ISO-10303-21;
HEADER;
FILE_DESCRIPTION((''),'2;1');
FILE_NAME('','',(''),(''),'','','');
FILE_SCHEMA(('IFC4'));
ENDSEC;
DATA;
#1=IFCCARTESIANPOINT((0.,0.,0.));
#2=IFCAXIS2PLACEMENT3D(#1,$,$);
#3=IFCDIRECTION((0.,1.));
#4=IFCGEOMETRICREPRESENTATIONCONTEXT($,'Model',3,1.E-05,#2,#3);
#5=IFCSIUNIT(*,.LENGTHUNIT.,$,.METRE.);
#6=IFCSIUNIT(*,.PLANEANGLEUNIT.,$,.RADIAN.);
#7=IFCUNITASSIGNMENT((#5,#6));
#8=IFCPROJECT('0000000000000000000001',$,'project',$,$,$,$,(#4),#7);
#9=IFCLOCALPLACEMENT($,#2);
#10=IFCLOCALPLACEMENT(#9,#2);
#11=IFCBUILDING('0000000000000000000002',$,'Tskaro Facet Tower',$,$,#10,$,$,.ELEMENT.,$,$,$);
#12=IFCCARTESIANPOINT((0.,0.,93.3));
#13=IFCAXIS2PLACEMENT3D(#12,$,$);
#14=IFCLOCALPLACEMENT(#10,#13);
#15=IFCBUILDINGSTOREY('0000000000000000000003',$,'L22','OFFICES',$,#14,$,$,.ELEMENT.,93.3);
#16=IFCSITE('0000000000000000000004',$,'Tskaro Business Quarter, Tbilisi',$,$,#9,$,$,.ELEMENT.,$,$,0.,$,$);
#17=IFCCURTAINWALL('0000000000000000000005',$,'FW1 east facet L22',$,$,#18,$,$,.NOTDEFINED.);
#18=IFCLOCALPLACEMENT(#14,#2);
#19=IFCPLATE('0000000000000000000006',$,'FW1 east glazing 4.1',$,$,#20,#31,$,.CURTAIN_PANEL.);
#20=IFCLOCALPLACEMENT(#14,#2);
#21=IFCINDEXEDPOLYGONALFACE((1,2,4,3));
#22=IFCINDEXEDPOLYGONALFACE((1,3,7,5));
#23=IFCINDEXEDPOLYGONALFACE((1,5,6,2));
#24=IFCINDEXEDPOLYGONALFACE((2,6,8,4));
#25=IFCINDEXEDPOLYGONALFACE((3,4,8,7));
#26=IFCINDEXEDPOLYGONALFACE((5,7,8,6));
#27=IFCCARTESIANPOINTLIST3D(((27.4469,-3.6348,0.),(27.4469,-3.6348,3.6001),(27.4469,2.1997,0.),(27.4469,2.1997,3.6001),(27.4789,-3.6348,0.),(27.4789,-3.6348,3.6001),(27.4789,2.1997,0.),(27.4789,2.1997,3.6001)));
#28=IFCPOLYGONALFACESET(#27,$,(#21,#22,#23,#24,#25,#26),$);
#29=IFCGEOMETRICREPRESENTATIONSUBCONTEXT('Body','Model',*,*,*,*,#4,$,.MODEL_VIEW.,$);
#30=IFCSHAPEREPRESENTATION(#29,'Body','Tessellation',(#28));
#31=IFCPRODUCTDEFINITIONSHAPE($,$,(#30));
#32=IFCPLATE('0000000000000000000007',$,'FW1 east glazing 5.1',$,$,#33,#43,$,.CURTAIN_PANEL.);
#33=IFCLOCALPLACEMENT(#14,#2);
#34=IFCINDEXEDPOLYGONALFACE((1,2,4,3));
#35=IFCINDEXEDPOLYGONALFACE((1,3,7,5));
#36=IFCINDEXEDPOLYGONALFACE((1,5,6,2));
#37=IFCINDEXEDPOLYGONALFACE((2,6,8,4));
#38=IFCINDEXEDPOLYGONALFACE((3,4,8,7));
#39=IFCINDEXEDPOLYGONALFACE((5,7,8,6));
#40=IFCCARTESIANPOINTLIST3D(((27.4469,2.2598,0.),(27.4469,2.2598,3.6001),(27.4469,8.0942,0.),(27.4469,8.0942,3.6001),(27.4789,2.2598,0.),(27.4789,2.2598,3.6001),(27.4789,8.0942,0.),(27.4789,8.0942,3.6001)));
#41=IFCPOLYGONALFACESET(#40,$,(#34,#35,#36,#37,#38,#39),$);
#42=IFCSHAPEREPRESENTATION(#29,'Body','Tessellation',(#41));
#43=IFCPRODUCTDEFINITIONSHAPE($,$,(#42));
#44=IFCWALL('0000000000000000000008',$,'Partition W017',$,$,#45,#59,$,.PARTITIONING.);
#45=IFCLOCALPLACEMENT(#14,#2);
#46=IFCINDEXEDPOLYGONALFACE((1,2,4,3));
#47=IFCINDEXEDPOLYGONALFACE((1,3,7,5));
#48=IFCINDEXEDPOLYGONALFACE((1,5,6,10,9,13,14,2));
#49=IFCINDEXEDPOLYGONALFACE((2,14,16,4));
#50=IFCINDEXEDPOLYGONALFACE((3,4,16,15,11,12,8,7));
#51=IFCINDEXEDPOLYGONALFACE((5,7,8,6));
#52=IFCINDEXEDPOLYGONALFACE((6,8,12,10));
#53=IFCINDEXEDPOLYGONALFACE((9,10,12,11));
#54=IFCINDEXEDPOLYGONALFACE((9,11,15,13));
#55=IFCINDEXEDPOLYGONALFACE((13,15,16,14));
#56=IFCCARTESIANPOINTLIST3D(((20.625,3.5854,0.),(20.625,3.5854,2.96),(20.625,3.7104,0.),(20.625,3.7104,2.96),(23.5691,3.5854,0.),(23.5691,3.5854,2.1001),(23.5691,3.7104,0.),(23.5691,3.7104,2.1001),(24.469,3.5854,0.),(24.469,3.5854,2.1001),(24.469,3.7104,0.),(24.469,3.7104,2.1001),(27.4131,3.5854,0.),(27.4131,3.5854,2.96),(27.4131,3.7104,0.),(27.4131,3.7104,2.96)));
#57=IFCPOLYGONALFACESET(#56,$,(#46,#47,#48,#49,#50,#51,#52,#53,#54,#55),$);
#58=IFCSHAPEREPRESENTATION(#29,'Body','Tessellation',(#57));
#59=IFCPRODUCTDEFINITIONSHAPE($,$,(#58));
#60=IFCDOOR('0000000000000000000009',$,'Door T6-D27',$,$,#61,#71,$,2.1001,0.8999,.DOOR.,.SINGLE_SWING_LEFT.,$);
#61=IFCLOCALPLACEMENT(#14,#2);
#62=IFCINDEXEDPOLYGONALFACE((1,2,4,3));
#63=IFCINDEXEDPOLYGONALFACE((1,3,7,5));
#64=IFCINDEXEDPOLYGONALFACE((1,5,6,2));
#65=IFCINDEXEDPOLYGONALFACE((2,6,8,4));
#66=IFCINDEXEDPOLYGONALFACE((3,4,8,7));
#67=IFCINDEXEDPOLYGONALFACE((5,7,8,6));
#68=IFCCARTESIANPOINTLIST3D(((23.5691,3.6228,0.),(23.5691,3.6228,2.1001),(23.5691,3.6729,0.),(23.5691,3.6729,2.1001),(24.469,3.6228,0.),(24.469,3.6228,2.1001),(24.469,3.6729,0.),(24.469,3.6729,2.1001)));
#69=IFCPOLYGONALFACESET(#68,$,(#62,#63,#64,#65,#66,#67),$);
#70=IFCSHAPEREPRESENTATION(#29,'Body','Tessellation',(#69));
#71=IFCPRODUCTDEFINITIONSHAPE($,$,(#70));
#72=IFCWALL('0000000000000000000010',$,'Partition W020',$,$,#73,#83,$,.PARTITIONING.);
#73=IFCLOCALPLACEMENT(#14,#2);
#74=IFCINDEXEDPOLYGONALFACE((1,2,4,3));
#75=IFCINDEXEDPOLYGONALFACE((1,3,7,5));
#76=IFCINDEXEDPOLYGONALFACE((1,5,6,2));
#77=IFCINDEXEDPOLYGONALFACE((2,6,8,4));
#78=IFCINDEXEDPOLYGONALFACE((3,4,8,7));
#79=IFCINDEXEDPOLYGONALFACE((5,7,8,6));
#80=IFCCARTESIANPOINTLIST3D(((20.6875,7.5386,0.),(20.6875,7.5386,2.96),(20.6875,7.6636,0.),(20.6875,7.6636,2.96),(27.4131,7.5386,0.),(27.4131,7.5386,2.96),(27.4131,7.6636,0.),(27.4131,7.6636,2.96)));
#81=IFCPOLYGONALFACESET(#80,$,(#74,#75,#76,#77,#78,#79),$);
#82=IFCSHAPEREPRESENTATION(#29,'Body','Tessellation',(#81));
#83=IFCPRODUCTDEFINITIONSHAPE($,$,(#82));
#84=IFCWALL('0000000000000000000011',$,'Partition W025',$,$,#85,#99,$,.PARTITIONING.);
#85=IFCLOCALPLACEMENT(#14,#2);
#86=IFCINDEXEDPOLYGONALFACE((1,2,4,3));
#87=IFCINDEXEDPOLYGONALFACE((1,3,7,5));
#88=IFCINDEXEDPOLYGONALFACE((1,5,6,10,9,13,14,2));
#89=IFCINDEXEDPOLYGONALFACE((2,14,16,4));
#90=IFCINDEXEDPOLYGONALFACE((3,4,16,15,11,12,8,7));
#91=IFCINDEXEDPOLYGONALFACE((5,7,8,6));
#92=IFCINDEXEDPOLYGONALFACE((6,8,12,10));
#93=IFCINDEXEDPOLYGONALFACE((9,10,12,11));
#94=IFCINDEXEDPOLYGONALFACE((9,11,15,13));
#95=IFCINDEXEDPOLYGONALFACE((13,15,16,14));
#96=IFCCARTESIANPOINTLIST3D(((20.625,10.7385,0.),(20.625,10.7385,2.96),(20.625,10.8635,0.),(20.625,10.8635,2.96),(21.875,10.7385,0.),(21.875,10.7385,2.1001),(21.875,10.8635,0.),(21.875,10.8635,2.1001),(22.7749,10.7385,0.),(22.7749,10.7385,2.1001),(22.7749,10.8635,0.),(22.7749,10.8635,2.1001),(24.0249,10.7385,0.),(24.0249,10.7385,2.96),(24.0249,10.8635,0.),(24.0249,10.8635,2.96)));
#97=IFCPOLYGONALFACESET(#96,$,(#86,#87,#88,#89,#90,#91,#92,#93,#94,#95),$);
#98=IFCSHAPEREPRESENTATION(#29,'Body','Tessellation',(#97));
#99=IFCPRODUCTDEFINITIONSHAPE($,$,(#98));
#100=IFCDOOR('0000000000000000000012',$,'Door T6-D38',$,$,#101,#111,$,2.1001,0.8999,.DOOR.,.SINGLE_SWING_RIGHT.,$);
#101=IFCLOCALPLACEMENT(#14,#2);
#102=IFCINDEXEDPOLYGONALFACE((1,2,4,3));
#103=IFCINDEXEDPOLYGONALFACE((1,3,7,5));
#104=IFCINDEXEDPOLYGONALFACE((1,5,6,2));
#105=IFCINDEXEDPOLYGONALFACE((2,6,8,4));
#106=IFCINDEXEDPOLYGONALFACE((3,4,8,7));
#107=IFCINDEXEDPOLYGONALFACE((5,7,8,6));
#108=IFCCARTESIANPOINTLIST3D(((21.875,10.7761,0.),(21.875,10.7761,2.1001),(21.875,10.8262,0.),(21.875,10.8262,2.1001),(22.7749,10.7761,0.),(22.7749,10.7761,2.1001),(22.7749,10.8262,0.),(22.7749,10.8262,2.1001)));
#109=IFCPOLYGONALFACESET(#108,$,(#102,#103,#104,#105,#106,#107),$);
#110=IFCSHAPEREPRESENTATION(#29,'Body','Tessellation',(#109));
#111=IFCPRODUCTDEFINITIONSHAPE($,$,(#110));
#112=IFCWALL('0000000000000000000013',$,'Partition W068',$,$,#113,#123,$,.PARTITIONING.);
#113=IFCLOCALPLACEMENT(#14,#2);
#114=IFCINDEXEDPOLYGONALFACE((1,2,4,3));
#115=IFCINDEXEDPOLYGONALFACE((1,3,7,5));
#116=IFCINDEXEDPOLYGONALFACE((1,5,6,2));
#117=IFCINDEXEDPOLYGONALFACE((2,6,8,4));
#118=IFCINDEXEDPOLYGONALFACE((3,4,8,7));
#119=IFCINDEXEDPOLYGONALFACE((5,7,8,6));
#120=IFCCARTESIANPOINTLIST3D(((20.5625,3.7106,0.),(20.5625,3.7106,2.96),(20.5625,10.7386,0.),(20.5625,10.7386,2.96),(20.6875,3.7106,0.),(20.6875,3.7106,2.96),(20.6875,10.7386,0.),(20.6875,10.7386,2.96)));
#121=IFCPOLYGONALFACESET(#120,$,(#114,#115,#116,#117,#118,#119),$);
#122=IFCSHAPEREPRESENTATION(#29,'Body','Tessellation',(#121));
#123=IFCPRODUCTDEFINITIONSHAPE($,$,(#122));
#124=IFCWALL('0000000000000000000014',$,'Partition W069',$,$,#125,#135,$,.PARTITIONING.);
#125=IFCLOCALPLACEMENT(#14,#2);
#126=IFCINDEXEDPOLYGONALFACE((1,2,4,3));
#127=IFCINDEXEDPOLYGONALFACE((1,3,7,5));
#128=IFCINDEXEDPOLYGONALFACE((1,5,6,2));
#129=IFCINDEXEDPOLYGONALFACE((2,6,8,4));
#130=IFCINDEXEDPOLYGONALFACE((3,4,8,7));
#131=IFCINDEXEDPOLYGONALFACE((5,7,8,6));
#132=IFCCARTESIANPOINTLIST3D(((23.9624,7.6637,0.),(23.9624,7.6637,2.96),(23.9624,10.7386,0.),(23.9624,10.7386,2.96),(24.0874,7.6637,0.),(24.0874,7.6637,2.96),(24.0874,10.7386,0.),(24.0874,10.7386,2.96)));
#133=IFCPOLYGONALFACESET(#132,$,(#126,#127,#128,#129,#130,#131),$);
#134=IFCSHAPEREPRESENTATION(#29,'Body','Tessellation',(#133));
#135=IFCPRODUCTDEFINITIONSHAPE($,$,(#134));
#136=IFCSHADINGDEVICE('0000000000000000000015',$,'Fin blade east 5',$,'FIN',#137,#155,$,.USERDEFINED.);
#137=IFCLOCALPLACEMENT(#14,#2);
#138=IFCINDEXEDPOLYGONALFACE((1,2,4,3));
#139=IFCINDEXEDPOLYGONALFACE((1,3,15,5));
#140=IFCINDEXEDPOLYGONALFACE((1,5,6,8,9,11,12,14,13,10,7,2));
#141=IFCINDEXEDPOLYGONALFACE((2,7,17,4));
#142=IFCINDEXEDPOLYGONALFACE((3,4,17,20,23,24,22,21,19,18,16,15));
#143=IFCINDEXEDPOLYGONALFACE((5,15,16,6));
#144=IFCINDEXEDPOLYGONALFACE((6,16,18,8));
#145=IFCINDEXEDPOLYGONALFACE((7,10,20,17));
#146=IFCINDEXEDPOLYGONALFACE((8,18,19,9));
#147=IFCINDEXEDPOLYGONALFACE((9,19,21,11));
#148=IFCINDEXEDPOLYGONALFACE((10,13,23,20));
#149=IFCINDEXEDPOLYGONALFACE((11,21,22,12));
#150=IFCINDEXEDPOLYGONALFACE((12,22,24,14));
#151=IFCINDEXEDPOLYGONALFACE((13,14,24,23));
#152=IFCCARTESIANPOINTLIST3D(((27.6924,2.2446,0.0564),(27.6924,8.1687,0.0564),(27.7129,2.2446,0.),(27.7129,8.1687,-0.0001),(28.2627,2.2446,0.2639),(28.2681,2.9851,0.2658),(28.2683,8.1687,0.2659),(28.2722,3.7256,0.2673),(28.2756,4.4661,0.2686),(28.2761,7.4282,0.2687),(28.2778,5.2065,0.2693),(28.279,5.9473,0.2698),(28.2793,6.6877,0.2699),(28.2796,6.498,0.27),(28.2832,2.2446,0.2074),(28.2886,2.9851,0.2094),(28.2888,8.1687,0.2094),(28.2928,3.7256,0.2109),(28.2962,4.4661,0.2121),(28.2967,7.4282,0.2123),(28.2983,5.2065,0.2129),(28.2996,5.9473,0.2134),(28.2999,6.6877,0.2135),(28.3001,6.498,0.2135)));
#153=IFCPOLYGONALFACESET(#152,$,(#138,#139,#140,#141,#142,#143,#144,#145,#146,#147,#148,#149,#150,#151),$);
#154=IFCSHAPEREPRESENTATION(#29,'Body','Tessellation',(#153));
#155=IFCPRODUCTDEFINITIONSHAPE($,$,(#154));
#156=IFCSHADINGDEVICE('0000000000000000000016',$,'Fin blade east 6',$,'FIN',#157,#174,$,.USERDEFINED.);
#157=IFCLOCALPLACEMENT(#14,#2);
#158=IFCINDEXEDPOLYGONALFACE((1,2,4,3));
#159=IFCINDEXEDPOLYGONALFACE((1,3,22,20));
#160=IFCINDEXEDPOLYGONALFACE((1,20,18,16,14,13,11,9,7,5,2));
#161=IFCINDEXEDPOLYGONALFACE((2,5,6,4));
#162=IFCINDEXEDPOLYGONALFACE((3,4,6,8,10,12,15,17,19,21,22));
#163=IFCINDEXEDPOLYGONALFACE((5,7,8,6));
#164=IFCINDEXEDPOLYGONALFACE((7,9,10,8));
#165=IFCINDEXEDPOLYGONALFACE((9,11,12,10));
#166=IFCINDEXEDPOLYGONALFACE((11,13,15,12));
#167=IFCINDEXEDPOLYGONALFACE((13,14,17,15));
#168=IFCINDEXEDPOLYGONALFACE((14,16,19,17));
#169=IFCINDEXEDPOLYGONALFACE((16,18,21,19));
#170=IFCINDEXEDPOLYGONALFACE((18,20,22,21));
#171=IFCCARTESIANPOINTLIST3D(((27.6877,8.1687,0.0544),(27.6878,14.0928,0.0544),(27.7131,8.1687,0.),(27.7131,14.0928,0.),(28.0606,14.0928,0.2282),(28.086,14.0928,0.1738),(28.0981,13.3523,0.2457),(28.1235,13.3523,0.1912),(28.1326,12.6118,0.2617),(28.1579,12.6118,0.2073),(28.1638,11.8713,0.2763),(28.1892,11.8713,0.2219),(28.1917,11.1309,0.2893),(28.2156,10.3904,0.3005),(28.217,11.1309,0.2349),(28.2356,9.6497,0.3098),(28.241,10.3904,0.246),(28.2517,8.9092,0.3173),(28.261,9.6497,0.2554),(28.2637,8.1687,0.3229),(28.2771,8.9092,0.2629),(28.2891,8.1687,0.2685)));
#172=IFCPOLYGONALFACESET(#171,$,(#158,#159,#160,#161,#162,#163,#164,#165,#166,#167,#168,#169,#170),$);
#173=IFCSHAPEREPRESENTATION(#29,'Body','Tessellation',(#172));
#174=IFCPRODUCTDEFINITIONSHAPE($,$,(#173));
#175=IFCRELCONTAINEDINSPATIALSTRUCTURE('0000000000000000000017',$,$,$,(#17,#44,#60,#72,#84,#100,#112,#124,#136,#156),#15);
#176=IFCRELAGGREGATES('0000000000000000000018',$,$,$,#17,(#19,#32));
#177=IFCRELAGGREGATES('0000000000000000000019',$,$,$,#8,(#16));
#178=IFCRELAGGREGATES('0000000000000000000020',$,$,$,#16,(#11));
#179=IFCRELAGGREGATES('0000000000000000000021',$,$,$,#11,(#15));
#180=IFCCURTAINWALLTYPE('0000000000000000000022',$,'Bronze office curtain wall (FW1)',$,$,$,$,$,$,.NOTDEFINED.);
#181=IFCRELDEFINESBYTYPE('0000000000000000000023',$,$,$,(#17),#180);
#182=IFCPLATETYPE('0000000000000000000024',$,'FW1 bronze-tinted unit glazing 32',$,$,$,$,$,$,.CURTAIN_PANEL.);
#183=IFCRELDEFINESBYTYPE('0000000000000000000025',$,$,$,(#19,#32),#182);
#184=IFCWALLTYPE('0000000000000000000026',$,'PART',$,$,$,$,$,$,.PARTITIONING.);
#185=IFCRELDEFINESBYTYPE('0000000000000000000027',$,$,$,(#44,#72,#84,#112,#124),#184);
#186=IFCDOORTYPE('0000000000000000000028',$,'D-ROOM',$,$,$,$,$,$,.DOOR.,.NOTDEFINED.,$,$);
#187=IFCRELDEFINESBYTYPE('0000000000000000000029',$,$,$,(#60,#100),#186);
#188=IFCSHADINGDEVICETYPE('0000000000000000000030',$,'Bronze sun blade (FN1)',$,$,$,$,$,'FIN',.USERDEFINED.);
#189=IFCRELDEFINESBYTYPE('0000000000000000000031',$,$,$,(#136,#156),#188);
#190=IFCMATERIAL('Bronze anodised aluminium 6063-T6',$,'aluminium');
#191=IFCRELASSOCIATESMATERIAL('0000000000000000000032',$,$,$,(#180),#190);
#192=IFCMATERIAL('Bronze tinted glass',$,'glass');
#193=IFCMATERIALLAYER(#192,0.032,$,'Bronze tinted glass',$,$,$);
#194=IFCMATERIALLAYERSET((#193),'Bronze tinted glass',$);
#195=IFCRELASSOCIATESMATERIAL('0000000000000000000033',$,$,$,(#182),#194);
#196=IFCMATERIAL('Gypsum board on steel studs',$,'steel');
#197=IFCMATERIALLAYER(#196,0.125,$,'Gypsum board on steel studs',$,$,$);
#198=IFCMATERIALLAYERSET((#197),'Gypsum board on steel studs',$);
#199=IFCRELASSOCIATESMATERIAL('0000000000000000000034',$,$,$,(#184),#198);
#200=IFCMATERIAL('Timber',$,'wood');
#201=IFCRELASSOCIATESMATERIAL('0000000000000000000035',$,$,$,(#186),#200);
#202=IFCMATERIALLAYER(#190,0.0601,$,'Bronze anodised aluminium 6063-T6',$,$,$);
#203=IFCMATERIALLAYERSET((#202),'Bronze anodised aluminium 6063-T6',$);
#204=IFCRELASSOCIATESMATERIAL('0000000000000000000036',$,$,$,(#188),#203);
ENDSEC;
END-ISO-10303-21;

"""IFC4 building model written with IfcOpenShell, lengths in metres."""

from ifc_helpers import new_model, si_unit, direction, frame, frame_2d, origin, origin_2d, place, context, subcontext, project, spatial, polyline, rectangle, outline, extrude, material, layer, layer_set, type_object, element, fill, aggregate, save


model = new_model("IFC4")

# Units and contexts
model_context = context("Model", 3, precision=1e-05, world=origin(), true_north=direction((0.0, 1.0)))
body_context = subcontext(model_context, "Body", "Model", "MODEL_VIEW")
ifc_project = project(units=[si_unit("LENGTHUNIT", "METRE"), si_unit("PLANEANGLEUNIT", "RADIAN")], contexts=[model_context])

# Site, building, storey
site_placement = place(None, origin())
site = spatial("IfcSite", under=ifc_project, at=site_placement, Name="Tskaro Business Quarter, Tbilisi", CompositionType="ELEMENT", RefElevation=0.0)
building_placement = place(site_placement, origin())
building = spatial("IfcBuilding", under=site, at=building_placement, Name="Tskaro Facet Tower", CompositionType="ELEMENT")
storey_placement = place(building_placement, frame((0.0, 0.0, 93.3)))
storey = spatial("IfcBuildingStorey", under=building, at=storey_placement, Name="L22", Description="OFFICES", CompositionType="ELEMENT", Elevation=93.3)

# Curtain wall
ifc_material_1 = material(Name="Bronze anodised aluminium 6063-T6", Category="aluminium")
curtain_wall_type = type_object("IfcCurtainWallType", Name="Bronze office curtain wall (FW1)", PredefinedType="NOTDEFINED", material=ifc_material_1)
curtain_wall_placement = place(storey_placement, origin())
curtain_wall = element("IfcCurtainWall", 1, at=curtain_wall_placement, inside=storey, type_object=curtain_wall_type, Name="FW1 east facet L22", PredefinedType="NOTDEFINED")

# Plates
ifc_material_2 = material(Name="Bronze tinted glass", Category="glass")
ifc_layer_1 = layer(ifc_material_2, 0.032, Name="Bronze tinted glass")
ifc_layer_set_1 = layer_set([ifc_layer_1], Name="Bronze tinted glass")
plate_type = type_object("IfcPlateType", Name="FW1 bronze-tinted unit glazing 32", PredefinedType="CURTAIN_PANEL", material=ifc_layer_set_1)
plate_1_placement = place(storey_placement, frame((27.4629, -0.7175, 0.0), z_axis=(0.0, 0.0, 1.0), x_axis=(0.0, 1.0, 0.0)))
plate_1 = element("IfcPlate", 2, at=plate_1_placement, type_object=plate_type, Name="FW1 east glazing 4.1", PredefinedType="CURTAIN_PANEL", context=body_context, shape_type="SweptSolid", body=[
    extrude(rectangle(XDim=5.8345, YDim=0.032, at=origin_2d()), origin(), (0.0, 0.0, 1.0), 3.6001),
])
plate_2_placement = place(storey_placement, frame((27.4629, 5.177, 0.0), z_axis=(0.0, 0.0, 1.0), x_axis=(0.0, 1.0, 0.0)))
plate_2 = element("IfcPlate", 3, at=plate_2_placement, type_object=plate_type, Name="FW1 east glazing 5.1", PredefinedType="CURTAIN_PANEL", context=body_context, shape_type="SweptSolid", body=[
    extrude(rectangle(XDim=5.8345, YDim=0.032, at=origin_2d()), origin(), (0.0, 0.0, 1.0), 3.6001),
])
aggregate(curtain_wall, [plate_1, plate_2])

# Wall, opening, door
ifc_material_3 = material(Name="Gypsum board on steel studs", Category="steel")
ifc_layer_2 = layer(ifc_material_3, 0.125, Name="Gypsum board on steel studs")
ifc_layer_set_2 = layer_set([ifc_layer_2], Name="Gypsum board on steel studs")
wall_type = type_object("IfcWallType", Name="PART", PredefinedType="PARTITIONING", material=ifc_layer_set_2)
wall_1_placement = place(storey_placement, frame((20.625, 3.6479, 0.0), z_axis=(0.0, 0.0, 1.0), x_axis=(1.0, 0.0, 0.0)))
wall_1 = element("IfcWall", 4, at=wall_1_placement, inside=storey, type_object=wall_type, Name="Partition W017", PredefinedType="PARTITIONING", context=body_context, shape_type="SweptSolid", body=[
    extrude(rectangle(XDim=6.7881, YDim=0.125, at=frame_2d((3.394, 0.0))), origin(), (0.0, 0.0, 1.0), 2.96),
])
opening_1_placement = place(wall_1_placement, frame((2.9441, 0.0, 0.0)))
opening_1 = element("IfcOpeningElement", 5, at=opening_1_placement, cuts=wall_1, PredefinedType="OPENING", context=body_context, shape_type="SweptSolid", body=[
    extrude(rectangle(XDim=0.8999, YDim=2.1001, at=frame_2d((0.45, 1.05))), frame((0.0, 0.0725, 0.0), z_axis=(0.0, -1.0, 0.0), x_axis=(1.0, 0.0, 0.0)), (0.0, 0.0, 1.0), 0.145),
])
ifc_material_4 = material(Name="Timber", Category="wood")
door_type = type_object("IfcDoorType", Name="D-ROOM", OperationType="NOTDEFINED", PredefinedType="DOOR", material=ifc_material_4)
door_1_placement = place(opening_1_placement, origin())
door_1 = element("IfcDoor", 6, at=door_1_placement, inside=storey, type_object=door_type, Name="Door T6-D27", OperationType="SINGLE_SWING_LEFT", OverallHeight=2.1001, OverallWidth=0.8999, PredefinedType="DOOR", context=body_context, shape_type="SweptSolid", body=[
    extrude(rectangle(XDim=0.8999, YDim=2.1001, at=frame_2d((0.45, 1.05))), frame((0.0, 0.0249, 0.0), z_axis=(0.0, -1.0, 0.0), x_axis=(1.0, 0.0, 0.0)), (0.0, 0.0, 1.0), 0.05),
])
fill(opening_1, door_1)

# Wall
wall_2_placement = place(storey_placement, frame((20.6875, 7.6011, 0.0), z_axis=(0.0, 0.0, 1.0), x_axis=(1.0, 0.0, 0.0)))
element("IfcWall", 7, at=wall_2_placement, inside=storey, type_object=wall_type, Name="Partition W020", PredefinedType="PARTITIONING", context=body_context, shape_type="SweptSolid", body=[
    extrude(rectangle(XDim=6.7256, YDim=0.125, at=frame_2d((3.3628, 0.0))), origin(), (0.0, 0.0, 1.0), 2.96),
])

# Wall, opening, door
wall_3_placement = place(storey_placement, frame((24.0249, 10.801, 0.0), z_axis=(0.0, 0.0, 1.0), x_axis=(-1.0, 0.0, 0.0)))
wall_3 = element("IfcWall", 8, at=wall_3_placement, inside=storey, type_object=wall_type, Name="Partition W025", PredefinedType="PARTITIONING", context=body_context, shape_type="SweptSolid", body=[
    extrude(rectangle(XDim=3.3999, YDim=0.125, at=frame_2d((1.7, 0.0))), origin(), (0.0, 0.0, 1.0), 2.96),
])
opening_2_placement = place(wall_3_placement, frame((1.25, 0.0, 0.0)))
opening_2 = element("IfcOpeningElement", 9, at=opening_2_placement, cuts=wall_3, PredefinedType="OPENING", context=body_context, shape_type="SweptSolid", body=[
    extrude(rectangle(XDim=0.8999, YDim=2.1001, at=frame_2d((0.45, 1.05))), frame((0.0, 0.0725, 0.0), z_axis=(0.0, -1.0, 0.0), x_axis=(1.0, 0.0, 0.0)), (0.0, 0.0, 1.0), 0.145),
])
door_2_placement = place(opening_2_placement, origin())
door_2 = element("IfcDoor", 10, at=door_2_placement, inside=storey, type_object=door_type, Name="Door T6-D38", OperationType="SINGLE_SWING_RIGHT", OverallHeight=2.1001, OverallWidth=0.8999, PredefinedType="DOOR", context=body_context, shape_type="SweptSolid", body=[
    extrude(rectangle(XDim=0.8999, YDim=2.1001, at=frame_2d((0.45, 1.05))), frame((0.0, 0.0249, 0.0), z_axis=(0.0, -1.0, 0.0), x_axis=(1.0, 0.0, 0.0)), (0.0, 0.0, 1.0), 0.05),
])
fill(opening_2, door_2)

# Walls
wall_4_placement = place(storey_placement, frame((20.625, 3.7104, 0.0), z_axis=(0.0, 0.0, 1.0), x_axis=(0.0, 1.0, 0.0)))
element("IfcWall", 11, at=wall_4_placement, inside=storey, type_object=wall_type, Name="Partition W068", PredefinedType="PARTITIONING", context=body_context, shape_type="SweptSolid", body=[
    extrude(rectangle(XDim=7.0281, YDim=0.125, at=frame_2d((3.5142, 0.0))), origin(), (0.0, 0.0, 1.0), 2.96),
])
wall_5_placement = place(storey_placement, frame((24.0249, 7.6636, 0.0), z_axis=(0.0, 0.0, 1.0), x_axis=(0.0, 1.0, 0.0)))
element("IfcWall", 12, at=wall_5_placement, inside=storey, type_object=wall_type, Name="Partition W069", PredefinedType="PARTITIONING", context=body_context, shape_type="SweptSolid", body=[
    extrude(rectangle(XDim=3.075, YDim=0.125, at=frame_2d((1.5376, 0.0))), origin(), (0.0, 0.0, 1.0), 2.96),
])

# Shading devices
ifc_layer_3 = layer(ifc_material_1, 0.0601, Name="Bronze anodised aluminium 6063-T6")
ifc_layer_set_3 = layer_set([ifc_layer_3], Name="Bronze anodised aluminium 6063-T6")
shading_device_type = type_object("IfcShadingDeviceType", Name="Bronze sun blade (FN1)", ElementType="FIN", PredefinedType="USERDEFINED", material=ifc_layer_set_3)
shading_device_1_placement = place(storey_placement, frame((27.6924, 2.2446, 0.0564), z_axis=(-0.341873, 0.000007, 0.939746), x_axis=(0.000002, 1.0, -0.000007)))
element("IfcShadingDevice", 13, at=shading_device_1_placement, inside=storey, type_object=shading_device_type, Name="Fin blade east 5", ObjectType="FIN", PredefinedType="USERDEFINED", context=body_context, shape_type="SweptSolid", body=[
    extrude(outline(polyline([(0.0, 0.0), (5.9241, 0.0), (5.9241, -0.6128), (5.1836, -0.6212), (4.4431, -0.6246), (4.2534, -0.6248), (3.7026, -0.6243), (2.9619, -0.623), (2.2214, -0.6206), (1.481, -0.617), (0.7405, -0.6126), (0.0, -0.6069), (0.0, 0.0)])), origin(), (0.0, 0.0, -1.0), 0.0601),
])
shading_device_2_placement = place(storey_placement, frame((27.6877, 8.1687, 0.0544), z_axis=(-0.422481, 0.000007, 0.906372), x_axis=(0.000003, 1.0, -0.000006)))
element("IfcShadingDevice", 14, at=shading_device_2_placement, inside=storey, type_object=shading_device_type, Name="Fin blade east 6", ObjectType="FIN", PredefinedType="USERDEFINED", context=body_context, shape_type="SweptSolid", body=[
    extrude(outline(polyline([(0.0, 0.0), (5.9241, 0.0), (5.9241, -0.4113), (5.1836, -0.4527), (4.4431, -0.4907), (3.7026, -0.5253), (2.9622, -0.556), (2.2217, -0.5824), (1.481, -0.6044), (0.7405, -0.6222), (0.0, -0.6355), (0.0, 0.0)])), origin(), (0.0, 0.0, -1.0), 0.0601),
])

save(model, "model.ifc")
